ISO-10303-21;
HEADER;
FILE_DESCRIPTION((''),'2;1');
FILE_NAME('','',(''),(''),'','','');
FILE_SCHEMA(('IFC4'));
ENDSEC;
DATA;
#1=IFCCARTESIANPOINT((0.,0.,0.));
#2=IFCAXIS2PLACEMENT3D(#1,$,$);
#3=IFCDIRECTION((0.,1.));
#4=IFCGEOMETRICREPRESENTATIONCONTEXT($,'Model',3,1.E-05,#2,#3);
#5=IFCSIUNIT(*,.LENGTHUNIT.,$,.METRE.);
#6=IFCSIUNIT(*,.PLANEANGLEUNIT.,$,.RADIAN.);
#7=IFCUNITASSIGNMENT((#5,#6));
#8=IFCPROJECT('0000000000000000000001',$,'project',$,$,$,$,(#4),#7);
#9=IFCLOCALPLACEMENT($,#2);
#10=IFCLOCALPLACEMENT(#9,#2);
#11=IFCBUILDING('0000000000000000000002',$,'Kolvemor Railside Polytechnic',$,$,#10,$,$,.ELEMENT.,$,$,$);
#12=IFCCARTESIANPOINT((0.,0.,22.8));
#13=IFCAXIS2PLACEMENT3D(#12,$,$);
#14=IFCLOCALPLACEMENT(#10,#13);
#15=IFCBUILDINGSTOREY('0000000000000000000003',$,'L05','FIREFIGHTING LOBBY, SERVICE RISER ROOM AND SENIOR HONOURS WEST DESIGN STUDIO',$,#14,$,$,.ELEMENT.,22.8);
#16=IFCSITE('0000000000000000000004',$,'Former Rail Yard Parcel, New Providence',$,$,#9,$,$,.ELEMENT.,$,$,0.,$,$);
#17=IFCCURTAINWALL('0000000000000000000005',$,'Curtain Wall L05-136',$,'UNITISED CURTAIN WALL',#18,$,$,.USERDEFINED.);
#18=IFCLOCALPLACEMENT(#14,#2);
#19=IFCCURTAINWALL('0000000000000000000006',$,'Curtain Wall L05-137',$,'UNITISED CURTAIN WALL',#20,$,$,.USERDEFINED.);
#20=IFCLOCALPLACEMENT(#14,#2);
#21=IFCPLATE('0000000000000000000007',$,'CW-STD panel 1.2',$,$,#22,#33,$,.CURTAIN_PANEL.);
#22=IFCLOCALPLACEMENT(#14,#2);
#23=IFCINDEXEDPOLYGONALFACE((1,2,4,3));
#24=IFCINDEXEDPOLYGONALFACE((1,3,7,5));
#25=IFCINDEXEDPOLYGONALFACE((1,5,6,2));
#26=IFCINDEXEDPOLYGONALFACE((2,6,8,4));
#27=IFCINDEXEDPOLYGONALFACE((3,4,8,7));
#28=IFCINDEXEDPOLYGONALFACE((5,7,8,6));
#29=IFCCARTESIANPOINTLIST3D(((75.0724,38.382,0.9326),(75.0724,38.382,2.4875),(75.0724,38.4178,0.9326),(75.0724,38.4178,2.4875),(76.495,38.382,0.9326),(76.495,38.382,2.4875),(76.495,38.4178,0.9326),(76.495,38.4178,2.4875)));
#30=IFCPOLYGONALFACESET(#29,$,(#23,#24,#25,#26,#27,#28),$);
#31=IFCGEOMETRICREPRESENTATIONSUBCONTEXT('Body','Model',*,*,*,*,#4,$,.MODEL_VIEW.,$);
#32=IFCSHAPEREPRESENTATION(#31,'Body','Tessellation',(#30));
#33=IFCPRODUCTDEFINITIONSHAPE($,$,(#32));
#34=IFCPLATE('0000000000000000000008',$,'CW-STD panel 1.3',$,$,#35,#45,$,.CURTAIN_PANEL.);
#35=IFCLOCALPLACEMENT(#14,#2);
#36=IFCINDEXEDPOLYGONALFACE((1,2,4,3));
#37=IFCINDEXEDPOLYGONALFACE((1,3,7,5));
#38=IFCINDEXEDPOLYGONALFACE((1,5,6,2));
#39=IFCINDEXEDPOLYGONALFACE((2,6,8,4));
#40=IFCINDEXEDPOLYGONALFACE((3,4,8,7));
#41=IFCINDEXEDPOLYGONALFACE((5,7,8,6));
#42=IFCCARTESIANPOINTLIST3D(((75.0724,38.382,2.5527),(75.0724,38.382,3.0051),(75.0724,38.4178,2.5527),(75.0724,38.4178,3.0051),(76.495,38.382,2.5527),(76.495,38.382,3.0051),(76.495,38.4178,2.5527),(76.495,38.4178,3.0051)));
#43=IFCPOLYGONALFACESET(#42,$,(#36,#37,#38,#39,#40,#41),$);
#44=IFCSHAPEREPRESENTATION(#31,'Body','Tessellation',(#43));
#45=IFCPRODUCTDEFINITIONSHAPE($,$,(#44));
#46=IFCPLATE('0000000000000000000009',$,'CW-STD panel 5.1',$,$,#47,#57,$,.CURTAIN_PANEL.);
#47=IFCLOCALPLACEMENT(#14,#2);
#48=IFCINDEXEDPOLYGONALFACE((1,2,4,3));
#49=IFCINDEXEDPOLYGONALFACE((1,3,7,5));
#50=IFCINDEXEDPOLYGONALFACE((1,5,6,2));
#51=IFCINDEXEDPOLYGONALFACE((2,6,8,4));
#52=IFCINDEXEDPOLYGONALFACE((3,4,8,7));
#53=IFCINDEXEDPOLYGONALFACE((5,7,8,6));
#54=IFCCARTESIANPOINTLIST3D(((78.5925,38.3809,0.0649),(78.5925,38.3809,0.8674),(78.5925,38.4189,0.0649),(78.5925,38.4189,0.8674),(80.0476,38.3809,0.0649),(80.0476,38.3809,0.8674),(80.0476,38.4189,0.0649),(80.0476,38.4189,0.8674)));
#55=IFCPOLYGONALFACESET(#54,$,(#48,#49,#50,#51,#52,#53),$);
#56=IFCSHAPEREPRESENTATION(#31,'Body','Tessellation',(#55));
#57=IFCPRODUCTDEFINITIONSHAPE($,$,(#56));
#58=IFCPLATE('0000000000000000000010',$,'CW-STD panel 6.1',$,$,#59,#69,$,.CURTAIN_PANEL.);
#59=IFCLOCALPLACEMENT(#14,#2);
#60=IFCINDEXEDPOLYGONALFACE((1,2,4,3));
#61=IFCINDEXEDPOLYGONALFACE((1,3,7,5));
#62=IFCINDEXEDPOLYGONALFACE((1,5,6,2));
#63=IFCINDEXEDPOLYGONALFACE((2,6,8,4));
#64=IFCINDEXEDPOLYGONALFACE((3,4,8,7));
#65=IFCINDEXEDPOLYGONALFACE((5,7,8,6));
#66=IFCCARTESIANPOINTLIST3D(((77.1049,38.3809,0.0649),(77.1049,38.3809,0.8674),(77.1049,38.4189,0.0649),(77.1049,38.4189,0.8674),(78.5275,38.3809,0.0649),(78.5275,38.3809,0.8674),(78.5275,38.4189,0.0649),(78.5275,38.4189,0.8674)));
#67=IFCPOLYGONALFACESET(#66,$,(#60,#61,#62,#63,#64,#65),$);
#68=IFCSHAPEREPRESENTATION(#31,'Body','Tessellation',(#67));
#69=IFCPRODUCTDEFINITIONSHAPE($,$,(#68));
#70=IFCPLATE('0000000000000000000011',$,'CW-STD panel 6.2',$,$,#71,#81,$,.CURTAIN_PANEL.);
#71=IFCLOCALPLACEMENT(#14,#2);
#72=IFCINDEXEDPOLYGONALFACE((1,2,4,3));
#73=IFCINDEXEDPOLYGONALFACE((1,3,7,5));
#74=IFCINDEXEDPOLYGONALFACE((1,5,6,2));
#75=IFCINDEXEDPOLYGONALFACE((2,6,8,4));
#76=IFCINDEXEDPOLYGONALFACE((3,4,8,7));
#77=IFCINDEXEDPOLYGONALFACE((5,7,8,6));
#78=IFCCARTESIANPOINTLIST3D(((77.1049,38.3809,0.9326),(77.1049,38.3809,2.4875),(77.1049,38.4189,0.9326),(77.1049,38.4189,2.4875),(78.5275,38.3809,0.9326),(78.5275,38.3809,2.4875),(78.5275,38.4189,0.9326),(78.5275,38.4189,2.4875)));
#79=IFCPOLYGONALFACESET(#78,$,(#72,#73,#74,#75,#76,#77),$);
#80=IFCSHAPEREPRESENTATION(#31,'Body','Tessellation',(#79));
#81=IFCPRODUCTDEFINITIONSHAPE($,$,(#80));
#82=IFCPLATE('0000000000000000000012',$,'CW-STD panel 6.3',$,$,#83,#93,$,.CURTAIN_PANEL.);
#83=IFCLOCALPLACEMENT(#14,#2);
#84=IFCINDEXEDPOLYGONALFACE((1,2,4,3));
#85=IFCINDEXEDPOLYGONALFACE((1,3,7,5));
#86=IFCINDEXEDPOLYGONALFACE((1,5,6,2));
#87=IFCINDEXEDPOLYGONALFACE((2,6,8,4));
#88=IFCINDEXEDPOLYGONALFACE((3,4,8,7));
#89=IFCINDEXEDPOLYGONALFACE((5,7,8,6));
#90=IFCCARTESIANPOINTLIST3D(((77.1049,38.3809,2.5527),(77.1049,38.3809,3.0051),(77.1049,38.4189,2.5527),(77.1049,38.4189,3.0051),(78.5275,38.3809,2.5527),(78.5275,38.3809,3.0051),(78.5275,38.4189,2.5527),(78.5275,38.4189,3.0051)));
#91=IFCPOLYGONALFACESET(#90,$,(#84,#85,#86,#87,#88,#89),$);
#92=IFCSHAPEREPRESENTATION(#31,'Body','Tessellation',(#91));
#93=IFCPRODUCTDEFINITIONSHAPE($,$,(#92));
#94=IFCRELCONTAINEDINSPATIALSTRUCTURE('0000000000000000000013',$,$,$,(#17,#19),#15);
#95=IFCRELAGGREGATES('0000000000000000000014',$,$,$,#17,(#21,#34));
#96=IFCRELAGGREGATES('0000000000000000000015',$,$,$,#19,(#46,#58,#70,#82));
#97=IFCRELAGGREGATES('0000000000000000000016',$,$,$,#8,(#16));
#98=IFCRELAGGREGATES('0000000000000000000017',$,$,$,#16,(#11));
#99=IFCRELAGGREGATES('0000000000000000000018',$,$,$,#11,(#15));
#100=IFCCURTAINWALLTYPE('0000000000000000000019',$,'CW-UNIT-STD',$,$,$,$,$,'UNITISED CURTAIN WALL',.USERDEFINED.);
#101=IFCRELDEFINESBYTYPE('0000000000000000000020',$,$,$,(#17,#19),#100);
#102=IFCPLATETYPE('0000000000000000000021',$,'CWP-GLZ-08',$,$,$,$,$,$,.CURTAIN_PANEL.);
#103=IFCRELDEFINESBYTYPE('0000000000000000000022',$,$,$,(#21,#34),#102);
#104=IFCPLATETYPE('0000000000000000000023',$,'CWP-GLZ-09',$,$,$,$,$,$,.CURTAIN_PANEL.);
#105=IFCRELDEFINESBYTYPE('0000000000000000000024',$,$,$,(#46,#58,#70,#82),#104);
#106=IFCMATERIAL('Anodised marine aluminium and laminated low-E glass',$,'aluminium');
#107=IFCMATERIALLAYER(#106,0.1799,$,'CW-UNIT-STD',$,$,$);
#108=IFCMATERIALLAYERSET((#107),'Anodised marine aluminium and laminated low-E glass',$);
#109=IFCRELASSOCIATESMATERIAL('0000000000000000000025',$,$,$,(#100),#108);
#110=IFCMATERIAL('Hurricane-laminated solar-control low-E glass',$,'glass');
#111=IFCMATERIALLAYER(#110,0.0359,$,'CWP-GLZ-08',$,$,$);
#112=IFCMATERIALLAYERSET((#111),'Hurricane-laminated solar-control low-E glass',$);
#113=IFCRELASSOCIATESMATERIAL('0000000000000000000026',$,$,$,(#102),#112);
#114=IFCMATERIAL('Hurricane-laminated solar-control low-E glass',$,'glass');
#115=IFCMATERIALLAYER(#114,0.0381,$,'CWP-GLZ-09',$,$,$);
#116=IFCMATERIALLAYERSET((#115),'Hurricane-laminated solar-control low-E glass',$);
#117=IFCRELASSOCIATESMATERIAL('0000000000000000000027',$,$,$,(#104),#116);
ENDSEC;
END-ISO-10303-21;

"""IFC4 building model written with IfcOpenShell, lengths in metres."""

from ifc_helpers import new_model, si_unit, direction, frame, origin, origin_2d, place, context, subcontext, project, spatial, rectangle, extrude, material, layer, layer_set, type_object, element, aggregate, save


model = new_model("IFC4")

# Units and contexts
model_context = context("Model", 3, precision=1e-05, world=origin(), true_north=direction((0.0, 1.0)))
body_context = subcontext(model_context, "Body", "Model", "MODEL_VIEW")
ifc_project = project(units=[si_unit("LENGTHUNIT", "METRE"), si_unit("PLANEANGLEUNIT", "RADIAN")], contexts=[model_context])

# Site, building, storey
site_placement = place(None, origin())
site = spatial("IfcSite", under=ifc_project, at=site_placement, Name="Former Rail Yard Parcel, New Providence", CompositionType="ELEMENT", RefElevation=0.0)
building_placement = place(site_placement, origin())
building = spatial("IfcBuilding", under=site, at=building_placement, Name="Kolvemor Railside Polytechnic", CompositionType="ELEMENT")
storey_placement = place(building_placement, frame((0.0, 0.0, 22.8)))
storey = spatial("IfcBuildingStorey", under=building, at=storey_placement, Name="L05", Description="FIREFIGHTING LOBBY, SERVICE RISER ROOM AND SENIOR HONOURS WEST DESIGN STUDIO", CompositionType="ELEMENT", Elevation=22.8)

# Curtain wall
ifc_material_1 = material(Name="Anodised marine aluminium and laminated low-E glass", Category="aluminium")
ifc_layer_1 = layer(ifc_material_1, 0.1799, Name="CW-UNIT-STD")
ifc_layer_set_1 = layer_set([ifc_layer_1], Name="Anodised marine aluminium and laminated low-E glass")
curtain_wall_type = type_object("IfcCurtainWallType", Name="CW-UNIT-STD", ElementType="UNITISED CURTAIN WALL", PredefinedType="USERDEFINED", material=ifc_layer_set_1)
curtain_wall_1_placement = place(storey_placement, origin())
curtain_wall_1 = element("IfcCurtainWall", 1, at=curtain_wall_1_placement, inside=storey, type_object=curtain_wall_type, Name="Curtain Wall L05-136", ObjectType="UNITISED CURTAIN WALL", PredefinedType="USERDEFINED")

# Curtain wall
curtain_wall_2_placement = place(storey_placement, origin())
curtain_wall_2 = element("IfcCurtainWall", 2, at=curtain_wall_2_placement, inside=storey, type_object=curtain_wall_type, Name="Curtain Wall L05-137", ObjectType="UNITISED CURTAIN WALL", PredefinedType="USERDEFINED")

# Plates
ifc_material_2 = material(Name="Hurricane-laminated solar-control low-E glass", Category="glass")
ifc_layer_2 = layer(ifc_material_2, 0.0359, Name="CWP-GLZ-08")
ifc_layer_set_2 = layer_set([ifc_layer_2], Name="Hurricane-laminated solar-control low-E glass")
plate_type_1 = type_object("IfcPlateType", Name="CWP-GLZ-08", PredefinedType="CURTAIN_PANEL", material=ifc_layer_set_2)
plate_1_placement = place(storey_placement, frame((75.7837, 38.3999, 0.9326), z_axis=(0.0, 0.0, 1.0), x_axis=(-1.0, 0.0, 0.0)))
plate_1 = element("IfcPlate", 3, at=plate_1_placement, type_object=plate_type_1, Name="CW-STD panel 1.2", PredefinedType="CURTAIN_PANEL", context=body_context, shape_type="SweptSolid", body=[
    extrude(rectangle(XDim=1.4226, YDim=0.0359, at=origin_2d()), origin(), (0.0, 0.0, 1.0), 1.5549),
])
plate_2_placement = place(storey_placement, frame((75.7837, 38.3999, 2.5527), z_axis=(0.0, 0.0, 1.0), x_axis=(-1.0, 0.0, 0.0)))
plate_2 = element("IfcPlate", 4, at=plate_2_placement, type_object=plate_type_1, Name="CW-STD panel 1.3", PredefinedType="CURTAIN_PANEL", context=body_context, shape_type="SweptSolid", body=[
    extrude(rectangle(XDim=1.4226, YDim=0.0359, at=origin_2d()), origin(), (0.0, 0.0, 1.0), 0.4524),
])
aggregate(curtain_wall_1, [plate_1, plate_2])
ifc_material_3 = material(Name="Hurricane-laminated solar-control low-E glass", Category="glass")
ifc_layer_3 = layer(ifc_material_3, 0.0381, Name="CWP-GLZ-09")
ifc_layer_set_3 = layer_set([ifc_layer_3], Name="Hurricane-laminated solar-control low-E glass")
plate_type_2 = type_object("IfcPlateType", Name="CWP-GLZ-09", PredefinedType="CURTAIN_PANEL", material=ifc_layer_set_3)
plate_3_placement = place(storey_placement, frame((79.3201, 38.3999, 0.0649), z_axis=(0.0, 0.0, 1.0), x_axis=(-1.0, 0.0, 0.0)))
plate_3 = element("IfcPlate", 5, at=plate_3_placement, type_object=plate_type_2, Name="CW-STD panel 5.1", PredefinedType="CURTAIN_PANEL", context=body_context, shape_type="SweptSolid", body=[
    extrude(rectangle(XDim=1.4551, YDim=0.0381, at=origin_2d()), origin(), (0.0, 0.0, 1.0), 0.8025),
])
plate_4_placement = place(storey_placement, frame((77.8162, 38.3999, 0.0649), z_axis=(0.0, 0.0, 1.0), x_axis=(-1.0, 0.0, 0.0)))
plate_4 = element("IfcPlate", 6, at=plate_4_placement, type_object=plate_type_2, Name="CW-STD panel 6.1", PredefinedType="CURTAIN_PANEL", context=body_context, shape_type="SweptSolid", body=[
    extrude(rectangle(XDim=1.4226, YDim=0.0381, at=origin_2d()), origin(), (0.0, 0.0, 1.0), 0.8025),
])
plate_5_placement = place(storey_placement, frame((77.8162, 38.3999, 0.9326), z_axis=(0.0, 0.0, 1.0), x_axis=(-1.0, 0.0, 0.0)))
plate_5 = element("IfcPlate", 7, at=plate_5_placement, type_object=plate_type_2, Name="CW-STD panel 6.2", PredefinedType="CURTAIN_PANEL", context=body_context, shape_type="SweptSolid", body=[
    extrude(rectangle(XDim=1.4226, YDim=0.0381, at=origin_2d()), origin(), (0.0, 0.0, 1.0), 1.5549),
])
plate_6_placement = place(storey_placement, frame((77.8162, 38.3999, 2.5527), z_axis=(0.0, 0.0, 1.0), x_axis=(-1.0, 0.0, 0.0)))
plate_6 = element("IfcPlate", 8, at=plate_6_placement, type_object=plate_type_2, Name="CW-STD panel 6.3", PredefinedType="CURTAIN_PANEL", context=body_context, shape_type="SweptSolid", body=[
    extrude(rectangle(XDim=1.4226, YDim=0.0381, at=origin_2d()), origin(), (0.0, 0.0, 1.0), 0.4524),
])
aggregate(curtain_wall_2, [plate_3, plate_4, plate_5, plate_6])

save(model, "model.ifc")
